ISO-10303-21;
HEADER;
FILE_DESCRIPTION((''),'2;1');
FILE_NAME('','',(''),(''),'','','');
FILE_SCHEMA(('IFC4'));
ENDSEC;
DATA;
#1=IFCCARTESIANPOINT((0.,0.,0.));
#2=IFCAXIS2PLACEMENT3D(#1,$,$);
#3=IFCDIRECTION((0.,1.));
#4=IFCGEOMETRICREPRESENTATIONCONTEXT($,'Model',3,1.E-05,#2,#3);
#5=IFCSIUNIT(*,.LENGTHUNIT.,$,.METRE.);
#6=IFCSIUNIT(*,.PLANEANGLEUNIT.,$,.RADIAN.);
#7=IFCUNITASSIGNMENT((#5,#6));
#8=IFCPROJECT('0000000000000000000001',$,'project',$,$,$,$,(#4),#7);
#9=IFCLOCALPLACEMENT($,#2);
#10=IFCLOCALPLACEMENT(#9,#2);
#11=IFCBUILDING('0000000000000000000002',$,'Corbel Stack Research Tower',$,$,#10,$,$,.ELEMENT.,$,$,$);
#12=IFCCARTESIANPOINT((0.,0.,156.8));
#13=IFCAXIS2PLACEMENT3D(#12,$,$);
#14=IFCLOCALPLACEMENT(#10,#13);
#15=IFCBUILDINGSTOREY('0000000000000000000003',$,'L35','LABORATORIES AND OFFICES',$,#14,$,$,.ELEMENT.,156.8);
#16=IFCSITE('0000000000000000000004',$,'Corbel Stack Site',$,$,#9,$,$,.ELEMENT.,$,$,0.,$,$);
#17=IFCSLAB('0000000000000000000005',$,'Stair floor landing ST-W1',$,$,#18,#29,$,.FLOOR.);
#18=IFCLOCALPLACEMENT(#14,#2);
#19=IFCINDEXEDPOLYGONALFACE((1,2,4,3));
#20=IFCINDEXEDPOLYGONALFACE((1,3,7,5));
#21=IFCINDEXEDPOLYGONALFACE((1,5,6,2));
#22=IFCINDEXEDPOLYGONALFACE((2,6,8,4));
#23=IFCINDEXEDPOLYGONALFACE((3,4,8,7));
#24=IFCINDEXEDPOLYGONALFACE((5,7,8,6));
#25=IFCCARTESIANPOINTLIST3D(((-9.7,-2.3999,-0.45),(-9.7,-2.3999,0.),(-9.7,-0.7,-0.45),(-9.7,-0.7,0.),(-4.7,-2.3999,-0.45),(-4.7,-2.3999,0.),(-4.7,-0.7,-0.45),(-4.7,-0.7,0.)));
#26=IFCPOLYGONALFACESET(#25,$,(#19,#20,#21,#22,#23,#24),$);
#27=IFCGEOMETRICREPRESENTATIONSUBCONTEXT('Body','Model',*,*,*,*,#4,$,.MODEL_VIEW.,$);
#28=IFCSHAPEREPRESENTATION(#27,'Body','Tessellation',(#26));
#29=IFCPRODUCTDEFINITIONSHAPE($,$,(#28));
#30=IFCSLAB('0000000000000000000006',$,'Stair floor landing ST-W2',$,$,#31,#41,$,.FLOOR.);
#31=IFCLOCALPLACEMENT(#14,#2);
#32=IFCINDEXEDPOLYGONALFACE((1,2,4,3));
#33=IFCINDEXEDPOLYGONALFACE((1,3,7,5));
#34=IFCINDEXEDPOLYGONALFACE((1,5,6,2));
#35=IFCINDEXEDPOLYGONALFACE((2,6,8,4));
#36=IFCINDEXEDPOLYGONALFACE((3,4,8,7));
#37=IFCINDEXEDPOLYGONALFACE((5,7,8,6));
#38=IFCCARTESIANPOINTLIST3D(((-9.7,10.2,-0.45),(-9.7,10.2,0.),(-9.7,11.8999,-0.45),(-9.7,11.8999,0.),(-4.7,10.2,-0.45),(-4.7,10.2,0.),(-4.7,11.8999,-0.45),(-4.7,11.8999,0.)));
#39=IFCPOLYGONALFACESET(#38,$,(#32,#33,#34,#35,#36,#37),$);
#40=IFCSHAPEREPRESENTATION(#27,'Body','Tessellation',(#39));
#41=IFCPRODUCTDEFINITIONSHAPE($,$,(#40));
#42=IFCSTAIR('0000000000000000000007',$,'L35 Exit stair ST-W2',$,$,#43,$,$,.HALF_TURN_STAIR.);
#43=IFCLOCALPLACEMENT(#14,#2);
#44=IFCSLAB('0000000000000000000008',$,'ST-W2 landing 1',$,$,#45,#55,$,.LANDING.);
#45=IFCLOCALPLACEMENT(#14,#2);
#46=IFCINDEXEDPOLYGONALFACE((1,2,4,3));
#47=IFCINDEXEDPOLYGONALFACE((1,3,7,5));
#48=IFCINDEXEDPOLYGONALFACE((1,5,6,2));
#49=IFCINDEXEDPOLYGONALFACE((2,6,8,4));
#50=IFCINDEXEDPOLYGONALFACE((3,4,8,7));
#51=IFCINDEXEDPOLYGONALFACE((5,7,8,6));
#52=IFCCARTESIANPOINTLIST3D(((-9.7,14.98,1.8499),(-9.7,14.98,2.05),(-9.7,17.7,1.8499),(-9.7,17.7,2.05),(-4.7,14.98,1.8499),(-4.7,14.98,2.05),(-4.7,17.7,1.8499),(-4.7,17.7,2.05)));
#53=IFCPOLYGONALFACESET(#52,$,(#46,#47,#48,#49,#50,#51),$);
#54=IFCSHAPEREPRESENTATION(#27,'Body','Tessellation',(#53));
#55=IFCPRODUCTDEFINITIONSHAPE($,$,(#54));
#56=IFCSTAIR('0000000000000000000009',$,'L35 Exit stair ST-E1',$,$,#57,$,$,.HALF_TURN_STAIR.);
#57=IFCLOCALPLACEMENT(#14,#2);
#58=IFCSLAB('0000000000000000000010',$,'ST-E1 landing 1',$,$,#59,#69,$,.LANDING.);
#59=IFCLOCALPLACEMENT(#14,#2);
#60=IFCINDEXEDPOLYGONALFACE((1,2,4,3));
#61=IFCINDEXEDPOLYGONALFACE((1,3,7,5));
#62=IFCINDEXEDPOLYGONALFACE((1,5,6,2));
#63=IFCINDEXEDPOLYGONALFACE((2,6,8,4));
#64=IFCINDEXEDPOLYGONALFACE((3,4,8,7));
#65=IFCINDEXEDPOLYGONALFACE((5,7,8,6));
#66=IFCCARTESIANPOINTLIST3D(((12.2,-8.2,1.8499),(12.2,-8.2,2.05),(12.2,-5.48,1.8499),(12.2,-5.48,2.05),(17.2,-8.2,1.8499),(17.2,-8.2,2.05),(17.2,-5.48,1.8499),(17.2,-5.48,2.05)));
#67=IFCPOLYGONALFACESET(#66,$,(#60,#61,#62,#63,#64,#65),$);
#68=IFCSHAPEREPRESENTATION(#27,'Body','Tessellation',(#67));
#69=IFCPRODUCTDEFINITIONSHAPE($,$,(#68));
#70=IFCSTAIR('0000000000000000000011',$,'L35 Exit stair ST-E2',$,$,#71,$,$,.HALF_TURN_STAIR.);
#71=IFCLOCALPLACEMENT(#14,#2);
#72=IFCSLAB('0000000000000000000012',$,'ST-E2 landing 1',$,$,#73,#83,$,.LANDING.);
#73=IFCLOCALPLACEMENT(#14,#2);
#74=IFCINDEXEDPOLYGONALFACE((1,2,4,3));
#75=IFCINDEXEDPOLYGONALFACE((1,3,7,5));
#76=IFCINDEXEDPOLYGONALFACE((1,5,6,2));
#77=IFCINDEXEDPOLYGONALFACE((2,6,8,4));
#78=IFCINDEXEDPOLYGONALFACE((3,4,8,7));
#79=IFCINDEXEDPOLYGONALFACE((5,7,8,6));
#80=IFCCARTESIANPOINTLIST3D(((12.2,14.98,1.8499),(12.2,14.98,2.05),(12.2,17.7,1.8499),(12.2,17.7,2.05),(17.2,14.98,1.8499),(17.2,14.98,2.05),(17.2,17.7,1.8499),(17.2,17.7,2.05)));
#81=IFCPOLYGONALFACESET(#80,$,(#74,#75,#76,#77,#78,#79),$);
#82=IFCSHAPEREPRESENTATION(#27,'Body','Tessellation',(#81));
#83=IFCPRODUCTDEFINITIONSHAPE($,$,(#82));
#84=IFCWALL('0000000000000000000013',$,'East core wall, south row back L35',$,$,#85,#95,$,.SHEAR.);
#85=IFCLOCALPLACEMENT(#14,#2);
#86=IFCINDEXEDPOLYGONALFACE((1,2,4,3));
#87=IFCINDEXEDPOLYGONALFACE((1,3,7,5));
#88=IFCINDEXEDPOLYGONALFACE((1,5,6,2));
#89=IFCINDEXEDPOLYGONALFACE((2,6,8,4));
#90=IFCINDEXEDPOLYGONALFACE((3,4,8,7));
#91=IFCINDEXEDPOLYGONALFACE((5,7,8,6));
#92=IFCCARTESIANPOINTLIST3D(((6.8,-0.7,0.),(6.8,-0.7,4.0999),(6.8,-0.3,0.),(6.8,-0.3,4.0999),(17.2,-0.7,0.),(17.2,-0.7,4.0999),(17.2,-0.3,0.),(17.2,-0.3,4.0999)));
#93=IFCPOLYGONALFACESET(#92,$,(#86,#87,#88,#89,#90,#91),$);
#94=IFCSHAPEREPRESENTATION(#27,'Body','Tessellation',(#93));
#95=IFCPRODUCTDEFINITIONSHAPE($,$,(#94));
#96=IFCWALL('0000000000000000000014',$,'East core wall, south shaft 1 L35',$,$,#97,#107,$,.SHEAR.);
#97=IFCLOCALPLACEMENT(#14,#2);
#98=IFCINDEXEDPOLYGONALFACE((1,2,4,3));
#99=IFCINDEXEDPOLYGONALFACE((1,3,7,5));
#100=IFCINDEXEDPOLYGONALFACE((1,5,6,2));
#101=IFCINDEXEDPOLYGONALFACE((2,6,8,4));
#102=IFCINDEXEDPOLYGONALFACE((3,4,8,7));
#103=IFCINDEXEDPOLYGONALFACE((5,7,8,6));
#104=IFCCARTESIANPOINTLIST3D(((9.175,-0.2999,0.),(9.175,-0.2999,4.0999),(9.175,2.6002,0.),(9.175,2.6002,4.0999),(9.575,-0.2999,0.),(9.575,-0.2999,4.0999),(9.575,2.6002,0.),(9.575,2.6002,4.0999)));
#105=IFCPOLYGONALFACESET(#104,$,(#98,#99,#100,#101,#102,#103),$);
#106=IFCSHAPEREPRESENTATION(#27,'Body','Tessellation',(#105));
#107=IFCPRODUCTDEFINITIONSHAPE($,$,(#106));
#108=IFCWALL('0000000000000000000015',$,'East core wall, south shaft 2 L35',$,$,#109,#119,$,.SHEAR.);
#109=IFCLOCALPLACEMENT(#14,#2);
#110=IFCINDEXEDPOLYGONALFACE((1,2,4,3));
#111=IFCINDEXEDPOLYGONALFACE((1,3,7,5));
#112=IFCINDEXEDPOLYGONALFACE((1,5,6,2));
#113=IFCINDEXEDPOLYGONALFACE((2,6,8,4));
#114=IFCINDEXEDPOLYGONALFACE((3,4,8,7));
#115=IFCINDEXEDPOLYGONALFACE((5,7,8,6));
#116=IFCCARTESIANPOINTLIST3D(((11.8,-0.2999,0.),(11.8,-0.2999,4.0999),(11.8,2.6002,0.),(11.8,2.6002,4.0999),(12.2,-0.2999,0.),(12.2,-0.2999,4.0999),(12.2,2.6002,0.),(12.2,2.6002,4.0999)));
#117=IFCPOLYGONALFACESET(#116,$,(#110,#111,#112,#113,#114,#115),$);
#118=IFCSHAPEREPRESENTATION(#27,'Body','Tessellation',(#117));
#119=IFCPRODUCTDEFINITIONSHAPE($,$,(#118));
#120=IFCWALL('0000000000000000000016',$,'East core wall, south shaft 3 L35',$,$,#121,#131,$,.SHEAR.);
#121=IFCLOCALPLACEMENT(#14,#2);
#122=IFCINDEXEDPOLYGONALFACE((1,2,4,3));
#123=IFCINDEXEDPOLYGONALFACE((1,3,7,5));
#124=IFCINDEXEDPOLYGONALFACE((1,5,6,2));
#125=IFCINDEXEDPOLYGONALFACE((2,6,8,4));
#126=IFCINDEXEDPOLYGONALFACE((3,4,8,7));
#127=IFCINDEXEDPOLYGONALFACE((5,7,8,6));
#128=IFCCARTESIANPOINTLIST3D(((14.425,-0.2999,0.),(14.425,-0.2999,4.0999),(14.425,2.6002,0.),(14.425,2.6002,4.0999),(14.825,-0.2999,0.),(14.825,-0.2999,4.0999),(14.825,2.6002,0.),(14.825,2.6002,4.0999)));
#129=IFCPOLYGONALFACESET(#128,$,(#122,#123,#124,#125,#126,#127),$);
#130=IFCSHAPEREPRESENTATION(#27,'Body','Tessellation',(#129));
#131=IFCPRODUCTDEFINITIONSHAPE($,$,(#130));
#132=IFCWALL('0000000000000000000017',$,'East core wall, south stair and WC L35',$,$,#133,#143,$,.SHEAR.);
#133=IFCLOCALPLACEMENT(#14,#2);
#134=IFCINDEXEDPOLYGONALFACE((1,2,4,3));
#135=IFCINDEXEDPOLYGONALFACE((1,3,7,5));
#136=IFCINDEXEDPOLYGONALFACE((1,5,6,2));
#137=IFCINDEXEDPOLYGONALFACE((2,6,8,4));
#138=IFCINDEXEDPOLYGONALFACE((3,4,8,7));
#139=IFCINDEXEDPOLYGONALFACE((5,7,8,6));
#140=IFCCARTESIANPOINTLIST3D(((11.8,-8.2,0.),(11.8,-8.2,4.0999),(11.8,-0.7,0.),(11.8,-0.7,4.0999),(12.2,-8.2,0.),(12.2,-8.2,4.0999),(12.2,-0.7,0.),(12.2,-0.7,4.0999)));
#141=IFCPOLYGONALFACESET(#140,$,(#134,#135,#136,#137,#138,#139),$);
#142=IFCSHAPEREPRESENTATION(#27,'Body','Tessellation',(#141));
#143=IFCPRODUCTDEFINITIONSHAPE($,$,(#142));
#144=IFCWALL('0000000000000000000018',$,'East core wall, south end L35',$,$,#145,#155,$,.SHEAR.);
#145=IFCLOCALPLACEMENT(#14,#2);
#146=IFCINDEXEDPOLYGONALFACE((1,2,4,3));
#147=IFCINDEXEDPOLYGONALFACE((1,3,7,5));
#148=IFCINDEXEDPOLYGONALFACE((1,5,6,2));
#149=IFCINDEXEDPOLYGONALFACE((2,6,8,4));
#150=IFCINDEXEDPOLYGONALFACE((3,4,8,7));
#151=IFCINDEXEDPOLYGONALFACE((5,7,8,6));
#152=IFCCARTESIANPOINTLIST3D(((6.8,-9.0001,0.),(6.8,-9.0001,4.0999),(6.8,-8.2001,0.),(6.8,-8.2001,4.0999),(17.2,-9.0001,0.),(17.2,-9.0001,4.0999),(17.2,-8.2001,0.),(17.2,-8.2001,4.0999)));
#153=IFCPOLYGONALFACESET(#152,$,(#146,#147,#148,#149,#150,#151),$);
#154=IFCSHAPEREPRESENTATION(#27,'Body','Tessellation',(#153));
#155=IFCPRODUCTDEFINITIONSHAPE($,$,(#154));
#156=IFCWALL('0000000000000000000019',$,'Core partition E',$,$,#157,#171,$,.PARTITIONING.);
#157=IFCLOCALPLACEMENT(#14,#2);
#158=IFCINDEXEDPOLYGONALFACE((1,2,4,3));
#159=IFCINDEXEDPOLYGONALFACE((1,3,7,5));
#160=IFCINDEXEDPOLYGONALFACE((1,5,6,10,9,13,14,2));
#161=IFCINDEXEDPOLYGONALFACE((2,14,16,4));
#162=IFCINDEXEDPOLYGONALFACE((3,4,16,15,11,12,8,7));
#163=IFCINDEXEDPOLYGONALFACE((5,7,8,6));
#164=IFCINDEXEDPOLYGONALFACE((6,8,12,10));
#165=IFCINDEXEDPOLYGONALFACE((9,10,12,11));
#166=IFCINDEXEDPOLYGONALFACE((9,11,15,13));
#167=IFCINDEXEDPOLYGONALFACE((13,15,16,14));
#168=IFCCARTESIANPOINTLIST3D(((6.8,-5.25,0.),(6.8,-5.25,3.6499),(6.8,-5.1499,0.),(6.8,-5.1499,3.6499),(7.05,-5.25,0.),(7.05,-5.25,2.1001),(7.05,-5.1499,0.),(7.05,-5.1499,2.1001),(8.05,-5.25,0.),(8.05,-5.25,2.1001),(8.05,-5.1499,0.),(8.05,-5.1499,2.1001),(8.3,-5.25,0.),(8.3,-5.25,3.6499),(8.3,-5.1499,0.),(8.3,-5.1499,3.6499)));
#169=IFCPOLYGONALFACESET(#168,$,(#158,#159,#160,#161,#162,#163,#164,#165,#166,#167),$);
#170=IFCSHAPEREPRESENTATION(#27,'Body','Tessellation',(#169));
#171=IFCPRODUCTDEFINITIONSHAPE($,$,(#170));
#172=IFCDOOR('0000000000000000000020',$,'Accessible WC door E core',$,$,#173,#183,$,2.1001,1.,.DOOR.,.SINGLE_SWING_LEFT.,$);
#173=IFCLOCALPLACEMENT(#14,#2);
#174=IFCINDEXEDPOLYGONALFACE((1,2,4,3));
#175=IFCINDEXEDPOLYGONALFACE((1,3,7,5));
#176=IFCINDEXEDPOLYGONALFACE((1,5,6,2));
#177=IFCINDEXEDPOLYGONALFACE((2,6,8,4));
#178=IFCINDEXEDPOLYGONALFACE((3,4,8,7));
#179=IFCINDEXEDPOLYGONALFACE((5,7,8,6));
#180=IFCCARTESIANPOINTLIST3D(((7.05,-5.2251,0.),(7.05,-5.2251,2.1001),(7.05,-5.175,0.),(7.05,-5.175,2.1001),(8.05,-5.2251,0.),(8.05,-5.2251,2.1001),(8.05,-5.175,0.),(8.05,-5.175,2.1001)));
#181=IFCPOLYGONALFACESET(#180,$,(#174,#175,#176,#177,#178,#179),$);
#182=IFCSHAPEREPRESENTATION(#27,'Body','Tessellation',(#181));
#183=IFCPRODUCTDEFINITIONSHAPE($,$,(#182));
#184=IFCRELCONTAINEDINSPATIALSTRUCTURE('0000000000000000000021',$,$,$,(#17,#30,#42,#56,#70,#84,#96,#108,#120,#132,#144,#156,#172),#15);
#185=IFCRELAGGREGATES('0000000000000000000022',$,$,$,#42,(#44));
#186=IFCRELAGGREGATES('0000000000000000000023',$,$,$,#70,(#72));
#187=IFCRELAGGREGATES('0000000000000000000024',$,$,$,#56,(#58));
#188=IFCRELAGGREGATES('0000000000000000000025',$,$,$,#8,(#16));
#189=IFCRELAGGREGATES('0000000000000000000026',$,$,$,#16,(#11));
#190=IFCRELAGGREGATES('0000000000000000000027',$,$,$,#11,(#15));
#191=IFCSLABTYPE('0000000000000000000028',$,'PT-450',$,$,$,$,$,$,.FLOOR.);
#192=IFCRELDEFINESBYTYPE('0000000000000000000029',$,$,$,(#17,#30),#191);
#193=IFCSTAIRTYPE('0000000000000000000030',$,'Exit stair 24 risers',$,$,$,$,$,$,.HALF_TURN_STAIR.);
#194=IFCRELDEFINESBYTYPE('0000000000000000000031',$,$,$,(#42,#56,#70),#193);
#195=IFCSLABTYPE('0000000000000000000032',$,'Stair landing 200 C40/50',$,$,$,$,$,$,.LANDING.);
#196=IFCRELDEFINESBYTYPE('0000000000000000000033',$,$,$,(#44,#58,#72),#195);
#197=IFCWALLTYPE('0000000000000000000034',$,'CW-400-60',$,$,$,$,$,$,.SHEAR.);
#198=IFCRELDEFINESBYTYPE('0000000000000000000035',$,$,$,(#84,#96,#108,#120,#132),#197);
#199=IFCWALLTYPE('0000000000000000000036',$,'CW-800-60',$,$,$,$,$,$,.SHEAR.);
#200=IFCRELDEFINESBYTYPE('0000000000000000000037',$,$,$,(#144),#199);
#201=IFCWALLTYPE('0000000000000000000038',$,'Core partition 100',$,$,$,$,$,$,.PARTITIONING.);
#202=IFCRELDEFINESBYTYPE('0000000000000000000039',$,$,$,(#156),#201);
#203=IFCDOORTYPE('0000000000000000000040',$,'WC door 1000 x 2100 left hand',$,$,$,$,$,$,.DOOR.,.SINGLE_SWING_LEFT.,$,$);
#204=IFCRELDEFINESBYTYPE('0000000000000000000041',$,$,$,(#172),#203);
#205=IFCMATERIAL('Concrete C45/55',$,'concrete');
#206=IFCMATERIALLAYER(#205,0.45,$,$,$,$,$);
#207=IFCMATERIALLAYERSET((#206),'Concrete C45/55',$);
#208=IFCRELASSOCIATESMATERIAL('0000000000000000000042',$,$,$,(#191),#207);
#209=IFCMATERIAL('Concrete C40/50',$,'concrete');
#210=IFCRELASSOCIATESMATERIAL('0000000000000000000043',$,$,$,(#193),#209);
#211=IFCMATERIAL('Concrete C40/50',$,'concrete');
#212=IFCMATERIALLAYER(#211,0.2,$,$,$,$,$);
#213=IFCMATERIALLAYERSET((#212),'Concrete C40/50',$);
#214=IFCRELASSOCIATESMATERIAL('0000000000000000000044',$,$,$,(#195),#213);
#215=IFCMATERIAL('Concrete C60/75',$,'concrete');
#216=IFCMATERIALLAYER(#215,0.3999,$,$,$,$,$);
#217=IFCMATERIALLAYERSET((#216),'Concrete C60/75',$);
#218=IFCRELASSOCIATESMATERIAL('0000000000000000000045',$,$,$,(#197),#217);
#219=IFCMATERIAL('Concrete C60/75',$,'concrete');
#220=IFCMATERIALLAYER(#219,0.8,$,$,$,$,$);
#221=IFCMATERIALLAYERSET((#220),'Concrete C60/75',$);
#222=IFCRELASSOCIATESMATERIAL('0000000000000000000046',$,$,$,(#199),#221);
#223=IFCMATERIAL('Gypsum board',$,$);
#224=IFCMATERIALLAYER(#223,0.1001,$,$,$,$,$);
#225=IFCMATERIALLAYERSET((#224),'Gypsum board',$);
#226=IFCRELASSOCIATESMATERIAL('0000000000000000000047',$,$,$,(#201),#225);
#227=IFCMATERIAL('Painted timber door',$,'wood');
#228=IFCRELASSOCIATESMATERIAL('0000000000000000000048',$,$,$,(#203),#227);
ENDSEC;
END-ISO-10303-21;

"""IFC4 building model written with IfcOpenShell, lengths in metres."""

from ifc_helpers import new_model, si_unit, direction, frame, frame_2d, origin, place, context, subcontext, project, spatial, polyline, rectangle, outline, extrude, material, layer, layer_set, type_object, element, fill, aggregate, save


model = new_model("IFC4")

# Units and contexts
model_context = context("Model", 3, precision=1e-05, world=origin(), true_north=direction((0.0, 1.0)))
body_context = subcontext(model_context, "Body", "Model", "MODEL_VIEW")
ifc_project = project(units=[si_unit("LENGTHUNIT", "METRE"), si_unit("PLANEANGLEUNIT", "RADIAN")], contexts=[model_context])

# Site, building, storey
site_placement = place(None, origin())
site = spatial("IfcSite", under=ifc_project, at=site_placement, Name="Corbel Stack Site", CompositionType="ELEMENT", RefElevation=0.0)
building_placement = place(site_placement, origin())
building = spatial("IfcBuilding", under=site, at=building_placement, Name="Corbel Stack Research Tower", CompositionType="ELEMENT")
storey_placement = place(building_placement, frame((0.0, 0.0, 156.8)))
storey = spatial("IfcBuildingStorey", under=building, at=storey_placement, Name="L35", Description="LABORATORIES AND OFFICES", CompositionType="ELEMENT", Elevation=156.8)

# Slabs
ifc_material_1 = material(Name="Concrete C45/55", Category="concrete")
ifc_layer_1 = layer(ifc_material_1, 0.45)
ifc_layer_set_1 = layer_set([ifc_layer_1], Name="Concrete C45/55")
slab_type_1 = type_object("IfcSlabType", Name="PT-450", PredefinedType="FLOOR", material=ifc_layer_set_1)
slab_1_placement = place(storey_placement, frame((0.0, 0.0, -0.45)))
element("IfcSlab", 1, at=slab_1_placement, inside=storey, type_object=slab_type_1, Name="Stair floor landing ST-W1", PredefinedType="FLOOR", context=body_context, shape_type="SweptSolid", body=[
    extrude(outline(polyline([(-9.7, -2.3999), (-4.7, -2.3999), (-4.7, -0.7), (-9.7, -0.7), (-9.7, -2.3999)])), origin(), (0.0, 0.0, 1.0), 0.45),
])
slab_2_placement = place(storey_placement, frame((0.0, 0.0, -0.45)))
element("IfcSlab", 2, at=slab_2_placement, inside=storey, type_object=slab_type_1, Name="Stair floor landing ST-W2", PredefinedType="FLOOR", context=body_context, shape_type="SweptSolid", body=[
    extrude(outline(polyline([(-9.7, 10.2), (-4.7, 10.2), (-4.7, 11.8999), (-9.7, 11.8999), (-9.7, 10.2)])), origin(), (0.0, 0.0, 1.0), 0.45),
])

# Stairs, slabs
ifc_material_2 = material(Name="Concrete C40/50", Category="concrete")
stair_type = type_object("IfcStairType", Name="Exit stair 24 risers", PredefinedType="HALF_TURN_STAIR", material=ifc_material_2)
stair_1_placement = place(storey_placement, origin())
stair_1 = element("IfcStair", 3, at=stair_1_placement, inside=storey, type_object=stair_type, Name="L35 Exit stair ST-W2", PredefinedType="HALF_TURN_STAIR")
ifc_material_3 = material(Name="Concrete C40/50", Category="concrete")
ifc_layer_2 = layer(ifc_material_3, 0.2)
ifc_layer_set_2 = layer_set([ifc_layer_2], Name="Concrete C40/50")
slab_type_2 = type_object("IfcSlabType", Name="Stair landing 200 C40/50", PredefinedType="LANDING", material=ifc_layer_set_2)
slab_3_placement = place(storey_placement, frame((0.0, 0.0, 1.8499)))
slab_3 = element("IfcSlab", 4, at=slab_3_placement, type_object=slab_type_2, Name="ST-W2 landing 1", PredefinedType="LANDING", context=body_context, shape_type="SweptSolid", body=[
    extrude(outline(polyline([(-9.7, 14.98), (-9.7, 17.7), (-4.7, 17.7), (-4.7, 14.98), (-9.7, 14.98)])), origin(), (0.0, 0.0, 1.0), 0.2002),
])
aggregate(stair_1, [slab_3])
stair_2_placement = place(storey_placement, origin())
stair_2 = element("IfcStair", 5, at=stair_2_placement, inside=storey, type_object=stair_type, Name="L35 Exit stair ST-E1", PredefinedType="HALF_TURN_STAIR")
slab_4_placement = place(storey_placement, frame((0.0, 0.0, 1.8499)))
slab_4 = element("IfcSlab", 6, at=slab_4_placement, type_object=slab_type_2, Name="ST-E1 landing 1", PredefinedType="LANDING", context=body_context, shape_type="SweptSolid", body=[
    extrude(outline(polyline([(12.2, -8.2), (12.2, -5.48), (17.2, -5.48), (17.2, -8.2), (12.2, -8.2)])), origin(), (0.0, 0.0, 1.0), 0.2002),
])
stair_3_placement = place(storey_placement, origin())
stair_3 = element("IfcStair", 7, at=stair_3_placement, inside=storey, type_object=stair_type, Name="L35 Exit stair ST-E2", PredefinedType="HALF_TURN_STAIR")
slab_5_placement = place(storey_placement, frame((0.0, 0.0, 1.8499)))
slab_5 = element("IfcSlab", 8, at=slab_5_placement, type_object=slab_type_2, Name="ST-E2 landing 1", PredefinedType="LANDING", context=body_context, shape_type="SweptSolid", body=[
    extrude(outline(polyline([(12.2, 14.98), (12.2, 17.7), (17.2, 17.7), (17.2, 14.98), (12.2, 14.98)])), origin(), (0.0, 0.0, 1.0), 0.2002),
])
aggregate(stair_3, [slab_5])

# Walls
ifc_material_4 = material(Name="Concrete C60/75", Category="concrete")
ifc_layer_3 = layer(ifc_material_4, 0.3999)
ifc_layer_set_3 = layer_set([ifc_layer_3], Name="Concrete C60/75")
wall_type_1 = type_object("IfcWallType", Name="CW-400-60", PredefinedType="SHEAR", material=ifc_layer_set_3)
wall_1_placement = place(storey_placement, frame((6.8, -0.5, 0.0), z_axis=(0.0, 0.0, 1.0), x_axis=(1.0, 0.0, 0.0)))
element("IfcWall", 9, at=wall_1_placement, inside=storey, type_object=wall_type_1, Name="East core wall, south row back L35", PredefinedType="SHEAR", context=body_context, shape_type="SweptSolid", body=[
    extrude(rectangle(XDim=10.3999, YDim=0.3999, at=frame_2d((5.2, 0.0))), origin(), (0.0, 0.0, 1.0), 4.0999),
])
for number, where, z_axis, x_axis, name in (
    (10, (9.375, -0.3, 0.0), (0.0, 0.0, 1.0), (0.0, 1.0, 0.0), "East core wall, south shaft 1 L35"),
    (11, (12.0, -0.3, 0.0), (0.0, 0.0, 1.0), (0.0, 1.0, 0.0), "East core wall, south shaft 2 L35"),
    (12, (14.625, -0.3, 0.0), (0.0, 0.0, 1.0), (0.0, 1.0, 0.0), "East core wall, south shaft 3 L35"),
):
    element("IfcWall", number, at=place(storey_placement, frame(where, z_axis=z_axis, x_axis=x_axis)), inside=storey, type_object=wall_type_1, Name=name, PredefinedType="SHEAR", context=body_context, shape_type="SweptSolid", body=[
        extrude(rectangle(XDim=2.9001, YDim=0.3999, at=frame_2d((1.4502, 0.0))), origin(), (0.0, 0.0, 1.0), 4.0999),
    ])
wall_2_placement = place(storey_placement, frame((12.0, -8.2, 0.0), z_axis=(0.0, 0.0, 1.0), x_axis=(0.0, 1.0, 0.0)))
element("IfcWall", 13, at=wall_2_placement, inside=storey, type_object=wall_type_1, Name="East core wall, south stair and WC L35", PredefinedType="SHEAR", context=body_context, shape_type="SweptSolid", body=[
    extrude(rectangle(XDim=7.5, YDim=0.3999, at=frame_2d((3.75, 0.0))), origin(), (0.0, 0.0, 1.0), 4.0999),
])
ifc_material_5 = material(Name="Concrete C60/75", Category="concrete")
ifc_layer_4 = layer(ifc_material_5, 0.8)
ifc_layer_set_4 = layer_set([ifc_layer_4], Name="Concrete C60/75")
wall_type_2 = type_object("IfcWallType", Name="CW-800-60", PredefinedType="SHEAR", material=ifc_layer_set_4)
wall_3_placement = place(storey_placement, frame((6.8, -8.6001, 0.0), z_axis=(0.0, 0.0, 1.0), x_axis=(1.0, 0.0, 0.0)))
element("IfcWall", 14, at=wall_3_placement, inside=storey, type_object=wall_type_2, Name="East core wall, south end L35", PredefinedType="SHEAR", context=body_context, shape_type="SweptSolid", body=[
    extrude(rectangle(XDim=10.3999, YDim=0.8, at=frame_2d((5.2, 0.0))), origin(), (0.0, 0.0, 1.0), 4.0999),
])

# Wall, opening, door
ifc_material_6 = material(Name="Gypsum board")
ifc_layer_5 = layer(ifc_material_6, 0.1001)
ifc_layer_set_5 = layer_set([ifc_layer_5], Name="Gypsum board")
wall_type_3 = type_object("IfcWallType", Name="Core partition 100", PredefinedType="PARTITIONING", material=ifc_layer_set_5)
wall_4_placement = place(storey_placement, frame((6.8, -5.2, 0.0), z_axis=(0.0, 0.0, 1.0), x_axis=(1.0, 0.0, 0.0)))
wall_4 = element("IfcWall", 15, at=wall_4_placement, inside=storey, type_object=wall_type_3, Name="Core partition E", PredefinedType="PARTITIONING", context=body_context, shape_type="SweptSolid", body=[
    extrude(rectangle(XDim=1.5, YDim=0.1001, at=frame_2d((0.75, 0.0))), origin(), (0.0, 0.0, 1.0), 3.6499),
])
opening_1_placement = place(wall_4_placement, frame((0.25, 0.0, 0.0)))
opening_1 = element("IfcOpeningElement", 16, at=opening_1_placement, cuts=wall_4, PredefinedType="OPENING", context=body_context, shape_type="SweptSolid", body=[
    extrude(rectangle(XDim=1.0, YDim=2.1001, at=frame_2d((0.5, 1.05))), frame((0.0, 0.0601, 0.0), z_axis=(0.0, -1.0, 0.0), x_axis=(1.0, 0.0, 0.0)), (0.0, 0.0, 1.0), 0.1201),
])
ifc_material_7 = material(Name="Painted timber door", Category="wood")
door_type_1 = type_object("IfcDoorType", Name="WC door 1000 x 2100 left hand", OperationType="SINGLE_SWING_LEFT", PredefinedType="DOOR", material=ifc_material_7)
door_1_placement = place(opening_1_placement, origin())
door_1 = element("IfcDoor", 17, at=door_1_placement, inside=storey, type_object=door_type_1, Name="Accessible WC door E core", OperationType="SINGLE_SWING_LEFT", OverallHeight=2.1001, OverallWidth=1.0, PredefinedType="DOOR", context=body_context, shape_type="SweptSolid", body=[
    extrude(rectangle(XDim=1.0, YDim=2.1001, at=frame_2d((0.5, 1.05))), frame((0.0, 0.0249, 0.0), z_axis=(0.0, -1.0, 0.0), x_axis=(1.0, 0.0, 0.0)), (0.0, 0.0, 1.0), 0.05),
])
fill(opening_1, door_1)

aggregate(stair_2, [slab_4])

save(model, "model.ifc")
